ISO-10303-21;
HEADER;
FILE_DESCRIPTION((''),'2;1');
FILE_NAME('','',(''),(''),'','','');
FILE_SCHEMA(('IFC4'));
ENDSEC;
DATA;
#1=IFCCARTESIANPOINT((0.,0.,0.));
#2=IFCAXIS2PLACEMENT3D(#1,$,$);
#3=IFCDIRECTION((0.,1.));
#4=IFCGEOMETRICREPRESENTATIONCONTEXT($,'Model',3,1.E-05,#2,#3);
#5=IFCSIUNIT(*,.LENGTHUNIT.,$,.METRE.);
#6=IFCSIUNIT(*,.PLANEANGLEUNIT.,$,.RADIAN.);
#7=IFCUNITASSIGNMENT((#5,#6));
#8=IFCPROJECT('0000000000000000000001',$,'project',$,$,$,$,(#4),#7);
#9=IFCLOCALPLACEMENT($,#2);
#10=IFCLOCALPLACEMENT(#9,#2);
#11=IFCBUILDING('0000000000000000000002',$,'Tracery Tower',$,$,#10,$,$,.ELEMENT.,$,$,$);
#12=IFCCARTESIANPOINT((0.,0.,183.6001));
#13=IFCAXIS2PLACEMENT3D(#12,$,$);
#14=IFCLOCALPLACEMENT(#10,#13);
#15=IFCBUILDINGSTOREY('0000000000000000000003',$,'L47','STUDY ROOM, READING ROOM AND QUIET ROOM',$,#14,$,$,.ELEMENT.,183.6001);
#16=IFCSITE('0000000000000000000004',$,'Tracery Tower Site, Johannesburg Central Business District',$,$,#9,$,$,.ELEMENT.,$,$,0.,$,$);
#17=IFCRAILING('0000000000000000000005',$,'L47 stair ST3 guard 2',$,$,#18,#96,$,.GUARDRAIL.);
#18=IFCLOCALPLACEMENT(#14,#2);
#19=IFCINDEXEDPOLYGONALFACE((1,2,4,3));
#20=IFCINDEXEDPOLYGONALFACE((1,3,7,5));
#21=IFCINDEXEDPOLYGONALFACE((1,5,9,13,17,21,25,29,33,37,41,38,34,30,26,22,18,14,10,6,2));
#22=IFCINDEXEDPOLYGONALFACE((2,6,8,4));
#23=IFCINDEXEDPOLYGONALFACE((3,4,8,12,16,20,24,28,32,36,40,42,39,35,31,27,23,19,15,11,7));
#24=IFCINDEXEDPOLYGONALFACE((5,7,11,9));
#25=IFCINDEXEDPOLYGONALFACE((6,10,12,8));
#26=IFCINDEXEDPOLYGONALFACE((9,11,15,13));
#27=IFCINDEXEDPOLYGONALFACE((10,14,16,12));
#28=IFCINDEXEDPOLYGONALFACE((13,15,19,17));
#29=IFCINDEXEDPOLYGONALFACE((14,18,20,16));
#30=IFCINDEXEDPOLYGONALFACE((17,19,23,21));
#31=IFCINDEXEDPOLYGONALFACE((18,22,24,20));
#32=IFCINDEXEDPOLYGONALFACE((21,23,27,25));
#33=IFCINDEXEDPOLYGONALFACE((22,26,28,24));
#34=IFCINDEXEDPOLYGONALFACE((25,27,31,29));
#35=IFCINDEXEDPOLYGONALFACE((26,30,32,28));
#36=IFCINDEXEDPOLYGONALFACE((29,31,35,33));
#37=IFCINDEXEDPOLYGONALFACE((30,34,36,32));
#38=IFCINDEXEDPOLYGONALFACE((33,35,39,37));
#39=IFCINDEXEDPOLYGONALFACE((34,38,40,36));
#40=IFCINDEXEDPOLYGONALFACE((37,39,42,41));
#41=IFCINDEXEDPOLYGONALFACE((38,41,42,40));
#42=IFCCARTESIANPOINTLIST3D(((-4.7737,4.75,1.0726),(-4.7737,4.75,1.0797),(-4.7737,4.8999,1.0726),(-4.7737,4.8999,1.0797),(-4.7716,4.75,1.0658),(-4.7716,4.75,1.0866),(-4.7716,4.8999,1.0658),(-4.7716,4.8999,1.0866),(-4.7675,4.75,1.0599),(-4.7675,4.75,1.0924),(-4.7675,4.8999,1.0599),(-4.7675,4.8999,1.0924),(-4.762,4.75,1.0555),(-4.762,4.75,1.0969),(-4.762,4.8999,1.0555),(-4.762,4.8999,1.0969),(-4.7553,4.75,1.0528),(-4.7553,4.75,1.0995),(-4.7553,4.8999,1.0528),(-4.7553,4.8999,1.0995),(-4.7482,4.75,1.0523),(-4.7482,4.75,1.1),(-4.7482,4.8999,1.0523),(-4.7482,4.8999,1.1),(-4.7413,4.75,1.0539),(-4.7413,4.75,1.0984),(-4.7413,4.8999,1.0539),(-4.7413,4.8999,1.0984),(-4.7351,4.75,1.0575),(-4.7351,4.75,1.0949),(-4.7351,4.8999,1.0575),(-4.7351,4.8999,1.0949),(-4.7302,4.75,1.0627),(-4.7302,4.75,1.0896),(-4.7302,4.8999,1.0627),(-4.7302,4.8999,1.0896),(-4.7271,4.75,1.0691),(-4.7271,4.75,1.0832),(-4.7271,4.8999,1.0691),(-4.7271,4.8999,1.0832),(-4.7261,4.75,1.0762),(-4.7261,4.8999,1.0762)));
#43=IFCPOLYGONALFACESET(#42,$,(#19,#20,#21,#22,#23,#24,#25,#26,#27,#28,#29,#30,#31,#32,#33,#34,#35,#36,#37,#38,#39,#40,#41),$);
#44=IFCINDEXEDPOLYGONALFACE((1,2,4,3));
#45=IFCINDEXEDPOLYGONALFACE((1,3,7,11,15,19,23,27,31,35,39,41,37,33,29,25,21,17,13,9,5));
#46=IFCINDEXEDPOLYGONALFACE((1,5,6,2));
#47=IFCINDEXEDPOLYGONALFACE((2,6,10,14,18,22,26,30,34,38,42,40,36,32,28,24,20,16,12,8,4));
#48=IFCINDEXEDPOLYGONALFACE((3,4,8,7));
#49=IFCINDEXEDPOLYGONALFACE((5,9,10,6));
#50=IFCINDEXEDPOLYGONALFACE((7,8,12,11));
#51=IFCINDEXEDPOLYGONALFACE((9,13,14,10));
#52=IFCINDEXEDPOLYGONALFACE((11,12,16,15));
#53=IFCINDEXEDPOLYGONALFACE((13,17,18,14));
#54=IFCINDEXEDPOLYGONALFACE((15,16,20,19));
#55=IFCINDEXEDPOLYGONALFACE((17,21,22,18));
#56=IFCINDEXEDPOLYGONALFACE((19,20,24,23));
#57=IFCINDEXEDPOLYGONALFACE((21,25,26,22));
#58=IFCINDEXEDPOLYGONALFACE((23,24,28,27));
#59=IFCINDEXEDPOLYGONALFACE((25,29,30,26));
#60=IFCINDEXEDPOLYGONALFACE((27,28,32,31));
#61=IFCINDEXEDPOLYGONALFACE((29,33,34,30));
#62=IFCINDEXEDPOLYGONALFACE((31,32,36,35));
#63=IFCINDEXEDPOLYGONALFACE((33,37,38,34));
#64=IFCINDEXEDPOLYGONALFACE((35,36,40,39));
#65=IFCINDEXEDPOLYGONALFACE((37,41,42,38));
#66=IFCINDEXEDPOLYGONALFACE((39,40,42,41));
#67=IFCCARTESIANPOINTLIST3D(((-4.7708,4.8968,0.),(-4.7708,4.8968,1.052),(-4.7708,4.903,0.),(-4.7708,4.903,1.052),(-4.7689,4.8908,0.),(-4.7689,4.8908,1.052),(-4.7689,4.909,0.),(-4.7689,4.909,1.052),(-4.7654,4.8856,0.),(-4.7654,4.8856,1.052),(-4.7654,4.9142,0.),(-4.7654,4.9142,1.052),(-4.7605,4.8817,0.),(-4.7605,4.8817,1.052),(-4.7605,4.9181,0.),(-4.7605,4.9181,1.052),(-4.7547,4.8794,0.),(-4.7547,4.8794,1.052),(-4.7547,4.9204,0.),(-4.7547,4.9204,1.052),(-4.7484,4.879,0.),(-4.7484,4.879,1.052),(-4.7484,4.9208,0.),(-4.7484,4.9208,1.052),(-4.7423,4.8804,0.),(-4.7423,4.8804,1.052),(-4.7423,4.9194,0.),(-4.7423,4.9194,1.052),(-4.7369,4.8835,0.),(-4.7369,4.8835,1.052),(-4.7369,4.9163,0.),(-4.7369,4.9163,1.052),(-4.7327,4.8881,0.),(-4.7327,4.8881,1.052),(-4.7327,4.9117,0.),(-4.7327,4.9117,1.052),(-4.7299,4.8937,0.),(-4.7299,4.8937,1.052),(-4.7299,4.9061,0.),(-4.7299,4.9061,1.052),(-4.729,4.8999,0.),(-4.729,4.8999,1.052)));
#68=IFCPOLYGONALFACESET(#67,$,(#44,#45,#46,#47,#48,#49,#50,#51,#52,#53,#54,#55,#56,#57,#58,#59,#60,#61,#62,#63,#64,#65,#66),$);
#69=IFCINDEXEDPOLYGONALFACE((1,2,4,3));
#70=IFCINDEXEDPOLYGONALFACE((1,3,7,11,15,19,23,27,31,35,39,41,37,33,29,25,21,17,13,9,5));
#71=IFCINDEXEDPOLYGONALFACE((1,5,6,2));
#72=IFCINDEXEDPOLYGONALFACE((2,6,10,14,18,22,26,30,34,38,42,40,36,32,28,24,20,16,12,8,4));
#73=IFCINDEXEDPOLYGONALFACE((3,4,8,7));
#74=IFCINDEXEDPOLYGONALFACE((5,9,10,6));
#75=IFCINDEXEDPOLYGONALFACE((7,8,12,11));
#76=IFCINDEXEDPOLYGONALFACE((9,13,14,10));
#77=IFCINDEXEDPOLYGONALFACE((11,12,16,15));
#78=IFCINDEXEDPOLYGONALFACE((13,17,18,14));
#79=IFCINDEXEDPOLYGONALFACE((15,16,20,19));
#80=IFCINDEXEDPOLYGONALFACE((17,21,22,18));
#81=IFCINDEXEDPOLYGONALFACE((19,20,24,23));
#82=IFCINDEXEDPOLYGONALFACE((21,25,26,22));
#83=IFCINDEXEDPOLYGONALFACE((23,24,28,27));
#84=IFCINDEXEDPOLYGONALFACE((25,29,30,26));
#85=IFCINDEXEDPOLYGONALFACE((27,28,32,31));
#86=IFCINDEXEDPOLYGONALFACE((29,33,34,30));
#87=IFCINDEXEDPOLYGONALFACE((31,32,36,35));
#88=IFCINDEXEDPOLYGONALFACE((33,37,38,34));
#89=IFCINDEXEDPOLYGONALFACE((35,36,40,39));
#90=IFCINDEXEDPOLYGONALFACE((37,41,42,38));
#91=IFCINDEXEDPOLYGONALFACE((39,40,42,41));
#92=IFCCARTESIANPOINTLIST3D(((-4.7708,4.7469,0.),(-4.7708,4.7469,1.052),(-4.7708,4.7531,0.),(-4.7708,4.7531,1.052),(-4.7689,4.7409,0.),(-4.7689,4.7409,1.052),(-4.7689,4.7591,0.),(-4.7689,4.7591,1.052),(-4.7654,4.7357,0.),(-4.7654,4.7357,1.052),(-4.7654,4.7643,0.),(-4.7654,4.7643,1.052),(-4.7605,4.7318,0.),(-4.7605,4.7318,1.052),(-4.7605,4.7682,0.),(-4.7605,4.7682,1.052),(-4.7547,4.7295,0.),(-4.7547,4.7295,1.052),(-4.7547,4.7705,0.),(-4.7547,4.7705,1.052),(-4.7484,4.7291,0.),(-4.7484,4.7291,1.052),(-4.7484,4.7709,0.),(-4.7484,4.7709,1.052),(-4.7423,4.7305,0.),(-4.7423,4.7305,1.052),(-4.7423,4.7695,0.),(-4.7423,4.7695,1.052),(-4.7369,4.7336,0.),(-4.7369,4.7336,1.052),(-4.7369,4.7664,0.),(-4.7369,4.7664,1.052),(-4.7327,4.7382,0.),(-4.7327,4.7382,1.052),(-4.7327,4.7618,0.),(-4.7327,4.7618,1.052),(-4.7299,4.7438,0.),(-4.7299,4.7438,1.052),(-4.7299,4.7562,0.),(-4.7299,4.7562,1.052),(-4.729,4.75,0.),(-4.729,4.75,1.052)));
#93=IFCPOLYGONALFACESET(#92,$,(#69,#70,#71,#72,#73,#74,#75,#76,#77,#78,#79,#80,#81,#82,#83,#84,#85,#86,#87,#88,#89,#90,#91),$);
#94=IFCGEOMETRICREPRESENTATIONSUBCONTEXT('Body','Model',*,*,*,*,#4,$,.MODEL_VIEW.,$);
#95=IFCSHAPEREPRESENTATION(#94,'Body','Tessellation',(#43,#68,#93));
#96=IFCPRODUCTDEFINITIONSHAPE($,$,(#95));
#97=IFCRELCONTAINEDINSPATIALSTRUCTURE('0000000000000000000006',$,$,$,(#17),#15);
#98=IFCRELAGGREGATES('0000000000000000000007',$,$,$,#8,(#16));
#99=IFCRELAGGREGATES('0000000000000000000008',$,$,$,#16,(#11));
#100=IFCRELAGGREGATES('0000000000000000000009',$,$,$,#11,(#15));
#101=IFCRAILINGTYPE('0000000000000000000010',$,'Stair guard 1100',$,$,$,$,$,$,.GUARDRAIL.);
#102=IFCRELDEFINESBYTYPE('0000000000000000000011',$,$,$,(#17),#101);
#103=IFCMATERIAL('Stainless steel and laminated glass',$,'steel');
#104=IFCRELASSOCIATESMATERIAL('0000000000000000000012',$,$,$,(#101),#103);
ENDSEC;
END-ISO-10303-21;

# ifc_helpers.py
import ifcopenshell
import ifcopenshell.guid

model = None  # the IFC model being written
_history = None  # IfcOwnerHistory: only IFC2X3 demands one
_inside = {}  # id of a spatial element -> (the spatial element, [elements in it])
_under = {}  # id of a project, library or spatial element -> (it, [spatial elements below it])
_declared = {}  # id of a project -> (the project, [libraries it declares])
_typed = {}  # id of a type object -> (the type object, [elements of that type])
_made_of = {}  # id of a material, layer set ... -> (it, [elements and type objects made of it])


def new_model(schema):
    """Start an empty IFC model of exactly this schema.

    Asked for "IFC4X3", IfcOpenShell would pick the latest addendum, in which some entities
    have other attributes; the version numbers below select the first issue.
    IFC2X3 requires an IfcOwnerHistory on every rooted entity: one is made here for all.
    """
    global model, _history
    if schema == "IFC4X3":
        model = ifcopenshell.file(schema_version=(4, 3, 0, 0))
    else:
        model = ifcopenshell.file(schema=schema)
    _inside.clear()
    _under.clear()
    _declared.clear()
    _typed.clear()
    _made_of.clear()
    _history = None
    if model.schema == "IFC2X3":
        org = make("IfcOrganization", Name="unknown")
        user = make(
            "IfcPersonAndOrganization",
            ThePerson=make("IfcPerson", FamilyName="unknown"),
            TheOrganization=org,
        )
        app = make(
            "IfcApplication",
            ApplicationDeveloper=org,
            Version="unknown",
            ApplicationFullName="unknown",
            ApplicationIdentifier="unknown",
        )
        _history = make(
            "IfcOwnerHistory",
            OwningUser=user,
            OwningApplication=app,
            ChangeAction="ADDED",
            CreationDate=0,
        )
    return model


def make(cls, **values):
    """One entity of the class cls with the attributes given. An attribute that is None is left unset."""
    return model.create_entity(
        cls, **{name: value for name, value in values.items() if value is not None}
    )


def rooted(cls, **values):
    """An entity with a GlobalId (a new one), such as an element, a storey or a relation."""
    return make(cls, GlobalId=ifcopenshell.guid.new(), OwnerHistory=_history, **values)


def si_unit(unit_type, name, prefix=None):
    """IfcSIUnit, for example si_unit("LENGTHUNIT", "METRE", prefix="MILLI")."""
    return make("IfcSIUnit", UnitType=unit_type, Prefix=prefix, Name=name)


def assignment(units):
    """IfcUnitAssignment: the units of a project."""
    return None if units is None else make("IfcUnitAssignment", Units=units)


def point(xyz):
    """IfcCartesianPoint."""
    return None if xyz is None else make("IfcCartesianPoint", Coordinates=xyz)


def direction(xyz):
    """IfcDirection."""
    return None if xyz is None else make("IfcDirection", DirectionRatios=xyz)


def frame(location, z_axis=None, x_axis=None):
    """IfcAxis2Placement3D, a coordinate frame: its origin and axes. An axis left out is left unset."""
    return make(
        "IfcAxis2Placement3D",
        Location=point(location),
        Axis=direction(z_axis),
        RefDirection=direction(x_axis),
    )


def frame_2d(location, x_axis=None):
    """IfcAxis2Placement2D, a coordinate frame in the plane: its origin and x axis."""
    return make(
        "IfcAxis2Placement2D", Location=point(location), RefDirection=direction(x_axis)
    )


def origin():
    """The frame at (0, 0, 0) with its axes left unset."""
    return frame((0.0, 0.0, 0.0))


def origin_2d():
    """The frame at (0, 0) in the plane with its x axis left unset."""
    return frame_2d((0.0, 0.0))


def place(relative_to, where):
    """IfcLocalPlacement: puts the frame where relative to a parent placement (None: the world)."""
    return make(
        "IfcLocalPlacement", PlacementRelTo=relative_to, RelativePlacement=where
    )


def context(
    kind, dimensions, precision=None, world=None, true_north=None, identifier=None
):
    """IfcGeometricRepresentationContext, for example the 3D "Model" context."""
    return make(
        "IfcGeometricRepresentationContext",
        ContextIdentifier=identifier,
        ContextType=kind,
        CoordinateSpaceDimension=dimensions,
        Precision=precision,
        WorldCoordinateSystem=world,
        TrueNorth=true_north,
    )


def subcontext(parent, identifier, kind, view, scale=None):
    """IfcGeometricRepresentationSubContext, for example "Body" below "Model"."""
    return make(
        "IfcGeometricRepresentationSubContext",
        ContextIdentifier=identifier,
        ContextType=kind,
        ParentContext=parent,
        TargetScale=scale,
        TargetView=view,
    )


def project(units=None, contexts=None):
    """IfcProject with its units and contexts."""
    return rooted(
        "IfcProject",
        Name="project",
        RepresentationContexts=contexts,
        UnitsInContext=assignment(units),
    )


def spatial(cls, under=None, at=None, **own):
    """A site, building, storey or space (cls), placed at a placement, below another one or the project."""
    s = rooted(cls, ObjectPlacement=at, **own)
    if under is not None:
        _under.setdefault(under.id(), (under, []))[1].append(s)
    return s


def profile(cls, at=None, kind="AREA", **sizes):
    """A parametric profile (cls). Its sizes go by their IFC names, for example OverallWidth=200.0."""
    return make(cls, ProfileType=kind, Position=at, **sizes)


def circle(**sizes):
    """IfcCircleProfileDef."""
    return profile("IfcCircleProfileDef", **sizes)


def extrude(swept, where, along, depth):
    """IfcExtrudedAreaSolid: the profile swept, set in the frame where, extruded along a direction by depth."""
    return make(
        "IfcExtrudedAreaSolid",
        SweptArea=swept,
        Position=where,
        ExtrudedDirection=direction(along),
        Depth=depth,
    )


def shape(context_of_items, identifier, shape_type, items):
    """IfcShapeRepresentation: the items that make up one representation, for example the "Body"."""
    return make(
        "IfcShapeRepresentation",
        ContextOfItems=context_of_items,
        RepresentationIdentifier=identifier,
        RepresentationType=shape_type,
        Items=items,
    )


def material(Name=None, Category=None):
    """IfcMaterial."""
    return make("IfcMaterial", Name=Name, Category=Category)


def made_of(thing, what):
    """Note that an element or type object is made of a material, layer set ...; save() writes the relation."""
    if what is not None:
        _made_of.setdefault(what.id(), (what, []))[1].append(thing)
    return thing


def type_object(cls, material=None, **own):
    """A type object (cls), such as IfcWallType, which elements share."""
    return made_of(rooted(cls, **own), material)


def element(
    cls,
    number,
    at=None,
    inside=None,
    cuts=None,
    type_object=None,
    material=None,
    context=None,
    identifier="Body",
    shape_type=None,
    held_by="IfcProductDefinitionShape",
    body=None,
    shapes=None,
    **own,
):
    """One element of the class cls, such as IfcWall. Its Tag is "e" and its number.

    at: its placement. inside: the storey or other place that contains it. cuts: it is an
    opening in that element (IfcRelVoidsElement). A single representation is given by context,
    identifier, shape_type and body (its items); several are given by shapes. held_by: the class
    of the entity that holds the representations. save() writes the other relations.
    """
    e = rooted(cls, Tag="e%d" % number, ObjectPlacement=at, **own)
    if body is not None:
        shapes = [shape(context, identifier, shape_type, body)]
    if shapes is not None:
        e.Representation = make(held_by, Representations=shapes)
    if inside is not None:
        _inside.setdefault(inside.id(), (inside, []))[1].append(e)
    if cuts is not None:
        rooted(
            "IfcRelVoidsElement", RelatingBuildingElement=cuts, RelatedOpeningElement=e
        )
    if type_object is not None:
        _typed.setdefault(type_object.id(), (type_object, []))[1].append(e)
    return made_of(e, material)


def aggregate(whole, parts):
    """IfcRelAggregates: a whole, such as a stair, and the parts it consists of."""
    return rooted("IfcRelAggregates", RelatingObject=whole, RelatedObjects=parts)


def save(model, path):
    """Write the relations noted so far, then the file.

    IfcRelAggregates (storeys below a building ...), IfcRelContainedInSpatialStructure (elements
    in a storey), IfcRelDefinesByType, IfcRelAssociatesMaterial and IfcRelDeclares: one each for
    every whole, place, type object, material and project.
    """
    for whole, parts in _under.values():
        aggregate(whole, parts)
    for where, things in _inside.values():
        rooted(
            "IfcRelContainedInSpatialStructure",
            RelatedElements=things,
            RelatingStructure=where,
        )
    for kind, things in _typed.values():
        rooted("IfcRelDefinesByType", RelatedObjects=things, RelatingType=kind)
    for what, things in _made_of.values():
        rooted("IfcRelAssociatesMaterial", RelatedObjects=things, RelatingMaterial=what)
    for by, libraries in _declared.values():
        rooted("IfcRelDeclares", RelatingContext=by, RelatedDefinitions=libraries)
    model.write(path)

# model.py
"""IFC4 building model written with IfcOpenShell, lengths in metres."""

from ifc_helpers import new_model, si_unit, direction, frame, origin, origin_2d, place, context, subcontext, project, spatial, circle, extrude, material, type_object, element, save


model = new_model("IFC4")

# Units and contexts
model_context = context("Model", 3, precision=1e-05, world=origin(), true_north=direction((0.0, 1.0)))
body_context = subcontext(model_context, "Body", "Model", "MODEL_VIEW")
ifc_project = project(units=[si_unit("LENGTHUNIT", "METRE"), si_unit("PLANEANGLEUNIT", "RADIAN")], contexts=[model_context])

# Site, building, storey
site_placement = place(None, origin())
site = spatial("IfcSite", under=ifc_project, at=site_placement, Name="Tracery Tower Site, Johannesburg Central Business District", CompositionType="ELEMENT", RefElevation=0.0)
building_placement = place(site_placement, origin())
building = spatial("IfcBuilding", under=site, at=building_placement, Name="Tracery Tower", CompositionType="ELEMENT")
storey_placement = place(building_placement, frame((0.0, 0.0, 183.6001)))
storey = spatial("IfcBuildingStorey", under=building, at=storey_placement, Name="L47", Description="STUDY ROOM, READING ROOM AND QUIET ROOM", CompositionType="ELEMENT", Elevation=183.6001)

# Railing
ifc_material_1 = material(Name="Stainless steel and laminated glass", Category="steel")
railing_type_1 = type_object("IfcRailingType", Name="Stair guard 1100", PredefinedType="GUARDRAIL", material=ifc_material_1)
railing_1_placement = place(storey_placement, frame((-4.75, 4.8999, 0.0)))
element("IfcRailing", 1, at=railing_1_placement, inside=storey, type_object=railing_type_1, Name="L47 stair ST3 guard 2", PredefinedType="GUARDRAIL", context=body_context, shape_type="SweptSolid", body=[
    extrude(circle(Radius=0.0239, at=origin_2d()), frame((0.0, 0.0, 1.0762), z_axis=(0.0, -1.0, 0.0), x_axis=(1.0, 0.0, 0.0)), (0.0, 0.0, 1.0), 0.1499),
    extrude(circle(Radius=0.021, at=origin_2d()), origin(), (0.0, 0.0, 1.0), 1.052),
    extrude(circle(Radius=0.021, at=origin_2d()), frame((0.0, -0.1499, 0.0)), (0.0, 0.0, 1.0), 1.052),
])

save(model, "model.ifc")
